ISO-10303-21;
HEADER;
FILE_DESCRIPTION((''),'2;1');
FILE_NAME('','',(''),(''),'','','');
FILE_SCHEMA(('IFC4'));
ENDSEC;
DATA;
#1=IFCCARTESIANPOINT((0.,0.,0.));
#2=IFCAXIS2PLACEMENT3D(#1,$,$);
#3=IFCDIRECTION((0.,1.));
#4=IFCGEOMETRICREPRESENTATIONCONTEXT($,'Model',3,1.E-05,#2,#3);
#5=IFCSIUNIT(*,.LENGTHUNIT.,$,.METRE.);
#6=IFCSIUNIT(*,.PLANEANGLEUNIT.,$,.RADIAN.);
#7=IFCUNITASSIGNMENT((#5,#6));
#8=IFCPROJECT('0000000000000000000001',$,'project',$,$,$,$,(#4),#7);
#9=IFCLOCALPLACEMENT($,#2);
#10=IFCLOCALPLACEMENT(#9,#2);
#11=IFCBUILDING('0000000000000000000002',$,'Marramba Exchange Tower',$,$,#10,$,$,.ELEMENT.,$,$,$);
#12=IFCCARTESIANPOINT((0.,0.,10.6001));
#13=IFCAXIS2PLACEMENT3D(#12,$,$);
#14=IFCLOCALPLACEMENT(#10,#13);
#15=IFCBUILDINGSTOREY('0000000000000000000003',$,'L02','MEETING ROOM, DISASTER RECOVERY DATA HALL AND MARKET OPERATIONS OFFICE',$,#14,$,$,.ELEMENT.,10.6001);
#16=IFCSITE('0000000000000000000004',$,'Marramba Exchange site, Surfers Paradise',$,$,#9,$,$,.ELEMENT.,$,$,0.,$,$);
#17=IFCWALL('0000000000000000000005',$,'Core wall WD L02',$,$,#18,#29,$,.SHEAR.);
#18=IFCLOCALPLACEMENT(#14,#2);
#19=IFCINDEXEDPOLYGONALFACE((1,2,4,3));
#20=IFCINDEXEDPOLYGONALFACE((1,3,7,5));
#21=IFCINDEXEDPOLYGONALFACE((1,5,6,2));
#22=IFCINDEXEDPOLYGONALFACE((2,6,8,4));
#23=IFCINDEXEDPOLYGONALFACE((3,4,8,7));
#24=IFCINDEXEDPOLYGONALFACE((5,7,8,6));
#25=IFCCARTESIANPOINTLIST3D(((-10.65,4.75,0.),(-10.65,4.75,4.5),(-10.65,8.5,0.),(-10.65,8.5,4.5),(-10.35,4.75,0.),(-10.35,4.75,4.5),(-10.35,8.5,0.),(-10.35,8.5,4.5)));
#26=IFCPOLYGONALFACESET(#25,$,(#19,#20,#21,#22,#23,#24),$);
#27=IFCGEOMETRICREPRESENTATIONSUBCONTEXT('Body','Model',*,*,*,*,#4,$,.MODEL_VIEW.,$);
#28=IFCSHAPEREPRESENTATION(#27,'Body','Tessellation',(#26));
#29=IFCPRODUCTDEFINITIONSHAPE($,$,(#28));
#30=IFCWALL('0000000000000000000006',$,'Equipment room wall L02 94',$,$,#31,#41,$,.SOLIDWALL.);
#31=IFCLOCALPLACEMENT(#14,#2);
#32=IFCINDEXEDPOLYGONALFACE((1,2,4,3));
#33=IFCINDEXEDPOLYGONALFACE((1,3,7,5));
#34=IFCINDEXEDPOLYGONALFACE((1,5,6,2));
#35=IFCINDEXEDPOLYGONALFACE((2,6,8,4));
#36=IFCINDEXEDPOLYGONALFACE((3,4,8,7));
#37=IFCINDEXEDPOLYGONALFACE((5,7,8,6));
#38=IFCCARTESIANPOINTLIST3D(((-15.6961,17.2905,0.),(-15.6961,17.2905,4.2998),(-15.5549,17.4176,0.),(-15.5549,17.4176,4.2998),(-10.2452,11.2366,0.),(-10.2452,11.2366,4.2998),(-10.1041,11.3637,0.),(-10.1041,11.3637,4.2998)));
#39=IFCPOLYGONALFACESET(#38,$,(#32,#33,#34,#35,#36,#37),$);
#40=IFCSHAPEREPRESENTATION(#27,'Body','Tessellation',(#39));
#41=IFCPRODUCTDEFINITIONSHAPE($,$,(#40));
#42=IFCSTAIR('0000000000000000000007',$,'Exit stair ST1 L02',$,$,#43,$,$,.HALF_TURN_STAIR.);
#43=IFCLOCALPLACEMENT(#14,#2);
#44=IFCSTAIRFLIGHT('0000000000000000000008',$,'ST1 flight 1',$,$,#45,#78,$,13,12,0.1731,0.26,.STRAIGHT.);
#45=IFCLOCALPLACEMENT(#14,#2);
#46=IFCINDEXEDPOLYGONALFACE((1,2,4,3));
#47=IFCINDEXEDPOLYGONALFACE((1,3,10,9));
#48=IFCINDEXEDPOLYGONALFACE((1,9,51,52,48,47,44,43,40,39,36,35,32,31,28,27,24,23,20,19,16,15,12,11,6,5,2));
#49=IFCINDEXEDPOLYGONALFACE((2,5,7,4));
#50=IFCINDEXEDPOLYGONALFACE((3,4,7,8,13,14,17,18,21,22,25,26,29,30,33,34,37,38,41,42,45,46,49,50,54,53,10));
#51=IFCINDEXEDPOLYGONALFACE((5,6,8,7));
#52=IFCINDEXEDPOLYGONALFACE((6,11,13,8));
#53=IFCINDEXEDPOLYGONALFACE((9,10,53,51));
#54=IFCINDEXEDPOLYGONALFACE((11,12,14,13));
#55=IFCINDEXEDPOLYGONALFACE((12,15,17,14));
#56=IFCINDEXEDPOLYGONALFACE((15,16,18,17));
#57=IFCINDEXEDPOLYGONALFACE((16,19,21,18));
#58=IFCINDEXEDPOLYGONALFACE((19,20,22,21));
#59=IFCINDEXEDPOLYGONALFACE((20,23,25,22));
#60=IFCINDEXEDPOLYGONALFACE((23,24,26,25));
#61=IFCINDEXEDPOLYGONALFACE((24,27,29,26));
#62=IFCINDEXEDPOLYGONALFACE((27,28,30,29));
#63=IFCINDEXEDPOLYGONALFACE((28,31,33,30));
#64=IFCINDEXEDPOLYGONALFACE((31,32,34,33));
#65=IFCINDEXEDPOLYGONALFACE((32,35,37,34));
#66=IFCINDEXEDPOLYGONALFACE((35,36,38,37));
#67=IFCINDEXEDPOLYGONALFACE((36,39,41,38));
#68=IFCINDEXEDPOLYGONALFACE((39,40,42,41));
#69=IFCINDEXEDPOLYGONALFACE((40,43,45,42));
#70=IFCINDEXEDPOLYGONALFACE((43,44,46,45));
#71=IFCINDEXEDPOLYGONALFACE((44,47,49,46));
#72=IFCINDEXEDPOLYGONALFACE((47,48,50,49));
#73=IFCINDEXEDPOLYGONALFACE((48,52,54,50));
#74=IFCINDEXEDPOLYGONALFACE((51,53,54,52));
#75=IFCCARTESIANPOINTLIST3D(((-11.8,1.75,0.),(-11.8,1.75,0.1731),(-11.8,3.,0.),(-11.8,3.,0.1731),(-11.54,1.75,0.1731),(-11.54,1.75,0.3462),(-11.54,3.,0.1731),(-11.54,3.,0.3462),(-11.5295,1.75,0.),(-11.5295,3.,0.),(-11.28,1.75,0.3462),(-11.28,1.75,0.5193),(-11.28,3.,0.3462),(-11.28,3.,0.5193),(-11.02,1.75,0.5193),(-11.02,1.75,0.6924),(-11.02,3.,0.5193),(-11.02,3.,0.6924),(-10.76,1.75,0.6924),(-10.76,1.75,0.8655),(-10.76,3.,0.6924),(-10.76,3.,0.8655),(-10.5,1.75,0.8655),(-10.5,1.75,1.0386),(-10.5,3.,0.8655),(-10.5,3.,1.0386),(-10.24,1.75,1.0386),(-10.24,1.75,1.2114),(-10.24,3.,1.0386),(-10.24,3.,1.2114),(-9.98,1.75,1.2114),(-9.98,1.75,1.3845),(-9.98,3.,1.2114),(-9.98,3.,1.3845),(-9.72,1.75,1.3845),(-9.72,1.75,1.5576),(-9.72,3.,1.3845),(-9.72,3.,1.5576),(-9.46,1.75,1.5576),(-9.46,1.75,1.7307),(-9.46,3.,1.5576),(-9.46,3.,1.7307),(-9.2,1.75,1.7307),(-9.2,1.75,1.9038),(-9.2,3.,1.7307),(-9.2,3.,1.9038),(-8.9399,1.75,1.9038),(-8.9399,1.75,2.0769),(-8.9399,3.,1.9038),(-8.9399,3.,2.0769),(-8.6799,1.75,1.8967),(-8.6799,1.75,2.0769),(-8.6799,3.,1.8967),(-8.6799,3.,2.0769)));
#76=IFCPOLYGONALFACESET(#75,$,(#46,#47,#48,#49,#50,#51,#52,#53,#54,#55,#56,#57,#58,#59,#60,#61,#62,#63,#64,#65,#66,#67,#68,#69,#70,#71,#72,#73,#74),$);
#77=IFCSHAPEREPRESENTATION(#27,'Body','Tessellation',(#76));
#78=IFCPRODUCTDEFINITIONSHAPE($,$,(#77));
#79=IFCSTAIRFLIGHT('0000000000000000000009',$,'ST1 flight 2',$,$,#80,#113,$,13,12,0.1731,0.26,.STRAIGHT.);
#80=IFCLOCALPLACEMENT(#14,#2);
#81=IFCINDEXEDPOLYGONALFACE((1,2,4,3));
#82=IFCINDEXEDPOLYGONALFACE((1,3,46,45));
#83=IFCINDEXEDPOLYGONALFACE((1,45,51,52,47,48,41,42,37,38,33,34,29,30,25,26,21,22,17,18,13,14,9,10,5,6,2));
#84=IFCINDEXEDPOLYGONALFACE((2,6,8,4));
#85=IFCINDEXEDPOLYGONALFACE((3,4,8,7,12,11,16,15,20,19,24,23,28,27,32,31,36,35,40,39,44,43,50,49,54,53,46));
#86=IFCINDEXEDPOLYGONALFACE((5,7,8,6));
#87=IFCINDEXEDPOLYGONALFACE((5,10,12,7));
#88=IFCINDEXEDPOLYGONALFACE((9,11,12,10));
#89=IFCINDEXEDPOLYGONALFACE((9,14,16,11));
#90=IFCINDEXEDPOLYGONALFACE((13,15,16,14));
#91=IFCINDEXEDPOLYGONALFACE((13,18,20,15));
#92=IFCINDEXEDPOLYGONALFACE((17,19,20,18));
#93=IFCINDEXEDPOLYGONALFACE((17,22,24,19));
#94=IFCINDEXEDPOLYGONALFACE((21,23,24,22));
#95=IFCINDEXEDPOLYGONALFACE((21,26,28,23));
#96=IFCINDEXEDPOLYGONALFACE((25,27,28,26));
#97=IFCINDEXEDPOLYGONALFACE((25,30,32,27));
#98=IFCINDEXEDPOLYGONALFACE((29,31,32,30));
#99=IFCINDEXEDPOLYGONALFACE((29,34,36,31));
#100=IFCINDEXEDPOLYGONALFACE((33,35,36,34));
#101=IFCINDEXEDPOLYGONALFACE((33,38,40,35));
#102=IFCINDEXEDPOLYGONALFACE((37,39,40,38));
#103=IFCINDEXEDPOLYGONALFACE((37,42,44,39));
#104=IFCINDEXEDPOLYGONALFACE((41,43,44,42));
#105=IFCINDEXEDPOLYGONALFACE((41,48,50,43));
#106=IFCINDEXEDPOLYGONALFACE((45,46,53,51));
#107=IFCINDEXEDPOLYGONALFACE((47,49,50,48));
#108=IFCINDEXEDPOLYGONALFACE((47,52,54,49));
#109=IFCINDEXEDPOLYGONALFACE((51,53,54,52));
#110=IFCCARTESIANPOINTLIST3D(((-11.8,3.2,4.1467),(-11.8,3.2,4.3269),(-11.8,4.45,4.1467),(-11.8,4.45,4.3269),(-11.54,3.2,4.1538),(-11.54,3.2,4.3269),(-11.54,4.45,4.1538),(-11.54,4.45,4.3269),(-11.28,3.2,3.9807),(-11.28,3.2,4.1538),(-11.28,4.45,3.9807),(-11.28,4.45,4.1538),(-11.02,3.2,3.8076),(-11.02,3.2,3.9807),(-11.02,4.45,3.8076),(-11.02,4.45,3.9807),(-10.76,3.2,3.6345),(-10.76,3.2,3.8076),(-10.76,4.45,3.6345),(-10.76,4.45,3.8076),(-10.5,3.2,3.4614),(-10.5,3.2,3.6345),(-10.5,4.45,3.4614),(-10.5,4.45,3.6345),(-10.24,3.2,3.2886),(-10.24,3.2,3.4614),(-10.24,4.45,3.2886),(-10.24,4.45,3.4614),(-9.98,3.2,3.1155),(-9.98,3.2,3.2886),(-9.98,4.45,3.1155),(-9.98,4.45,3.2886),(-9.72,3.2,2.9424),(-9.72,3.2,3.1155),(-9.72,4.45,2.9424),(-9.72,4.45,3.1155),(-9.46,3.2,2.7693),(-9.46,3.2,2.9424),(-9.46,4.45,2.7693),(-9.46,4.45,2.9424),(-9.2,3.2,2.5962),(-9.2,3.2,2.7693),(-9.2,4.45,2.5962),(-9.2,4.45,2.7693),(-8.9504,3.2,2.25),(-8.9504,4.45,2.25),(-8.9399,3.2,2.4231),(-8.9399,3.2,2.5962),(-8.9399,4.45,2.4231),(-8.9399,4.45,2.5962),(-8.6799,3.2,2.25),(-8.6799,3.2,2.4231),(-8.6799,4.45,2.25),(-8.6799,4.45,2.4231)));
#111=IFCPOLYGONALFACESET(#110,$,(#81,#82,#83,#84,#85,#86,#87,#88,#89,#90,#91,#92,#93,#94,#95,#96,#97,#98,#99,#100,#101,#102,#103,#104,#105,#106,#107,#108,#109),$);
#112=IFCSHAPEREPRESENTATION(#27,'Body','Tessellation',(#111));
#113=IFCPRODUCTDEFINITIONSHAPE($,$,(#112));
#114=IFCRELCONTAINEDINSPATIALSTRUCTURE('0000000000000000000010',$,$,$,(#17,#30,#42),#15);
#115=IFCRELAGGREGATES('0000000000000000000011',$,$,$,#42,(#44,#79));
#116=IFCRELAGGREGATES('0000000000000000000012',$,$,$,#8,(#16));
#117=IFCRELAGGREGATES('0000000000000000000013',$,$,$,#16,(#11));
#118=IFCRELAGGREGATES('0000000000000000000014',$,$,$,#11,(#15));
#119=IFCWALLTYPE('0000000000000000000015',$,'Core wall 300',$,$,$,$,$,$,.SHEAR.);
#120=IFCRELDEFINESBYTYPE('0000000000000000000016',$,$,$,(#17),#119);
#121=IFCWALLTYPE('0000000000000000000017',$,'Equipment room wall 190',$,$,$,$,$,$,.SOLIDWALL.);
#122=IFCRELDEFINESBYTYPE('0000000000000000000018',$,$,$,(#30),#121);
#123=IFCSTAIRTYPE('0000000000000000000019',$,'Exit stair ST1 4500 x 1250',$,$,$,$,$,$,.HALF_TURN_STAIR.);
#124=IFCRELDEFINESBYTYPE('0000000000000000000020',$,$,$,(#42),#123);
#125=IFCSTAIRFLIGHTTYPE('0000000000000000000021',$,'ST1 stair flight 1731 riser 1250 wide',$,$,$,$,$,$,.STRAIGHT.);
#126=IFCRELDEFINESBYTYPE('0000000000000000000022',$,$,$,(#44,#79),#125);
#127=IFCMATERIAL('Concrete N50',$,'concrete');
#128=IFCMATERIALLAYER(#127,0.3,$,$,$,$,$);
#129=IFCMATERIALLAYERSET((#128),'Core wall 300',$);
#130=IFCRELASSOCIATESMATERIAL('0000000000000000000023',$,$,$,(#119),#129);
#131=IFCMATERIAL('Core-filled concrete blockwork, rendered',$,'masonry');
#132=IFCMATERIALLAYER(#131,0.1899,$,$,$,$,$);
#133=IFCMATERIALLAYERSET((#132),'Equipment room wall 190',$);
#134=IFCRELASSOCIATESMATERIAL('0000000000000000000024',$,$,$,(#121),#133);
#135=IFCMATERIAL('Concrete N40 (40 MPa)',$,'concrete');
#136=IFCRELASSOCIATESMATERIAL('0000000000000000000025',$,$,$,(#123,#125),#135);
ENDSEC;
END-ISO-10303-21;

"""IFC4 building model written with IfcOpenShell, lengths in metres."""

from ifc_helpers import new_model, si_unit, direction, frame, frame_2d, origin, place, context, subcontext, project, spatial, polyline, rectangle, outline, extrude, material, layer, layer_set, type_object, element, aggregate, save


model = new_model("IFC4")

# Units and contexts
model_context = context("Model", 3, precision=1e-05, world=origin(), true_north=direction((0.0, 1.0)))
body_context = subcontext(model_context, "Body", "Model", "MODEL_VIEW")
ifc_project = project(units=[si_unit("LENGTHUNIT", "METRE"), si_unit("PLANEANGLEUNIT", "RADIAN")], contexts=[model_context])

# Site, building, storey
site_placement = place(None, origin())
site = spatial("IfcSite", under=ifc_project, at=site_placement, Name="Marramba Exchange site, Surfers Paradise", CompositionType="ELEMENT", RefElevation=0.0)
building_placement = place(site_placement, origin())
building = spatial("IfcBuilding", under=site, at=building_placement, Name="Marramba Exchange Tower", CompositionType="ELEMENT")
storey_placement = place(building_placement, frame((0.0, 0.0, 10.6001)))
storey = spatial("IfcBuildingStorey", under=building, at=storey_placement, Name="L02", Description="MEETING ROOM, DISASTER RECOVERY DATA HALL AND MARKET OPERATIONS OFFICE", CompositionType="ELEMENT", Elevation=10.6001)

# Shared definitions
ifc_material_1 = material(Name="Concrete N50", Category="concrete")

# Shared definitions
ifc_layer_1 = layer(ifc_material_1, 0.3)
ifc_layer_set_1 = layer_set([ifc_layer_1], Name="Core wall 300")
wall_type_1 = type_object("IfcWallType", Name="Core wall 300", PredefinedType="SHEAR", material=ifc_layer_set_1)

# Walls
for number, where, z_axis, x_axis, name in (
    (1, (-10.5, 4.75, 0.0), (0.0, 0.0, 1.0), (0.0, 1.0, 0.0), "Core wall WD L02"),
):
    element("IfcWall", number, at=place(storey_placement, frame(where, z_axis=z_axis, x_axis=x_axis)), inside=storey, type_object=wall_type_1, Name=name, PredefinedType="SHEAR", context=body_context, shape_type="SweptSolid", body=[
        extrude(rectangle(XDim=3.75, YDim=0.3, at=frame_2d((1.875, 0.0))), origin(), (0.0, 0.0, 1.0), 4.5),
    ])
ifc_material_2 = material(Name="Core-filled concrete blockwork, rendered", Category="masonry")
ifc_layer_2 = layer(ifc_material_2, 0.1899)
ifc_layer_set_2 = layer_set([ifc_layer_2], Name="Equipment room wall 190")
wall_type_2 = type_object("IfcWallType", Name="Equipment room wall 190", PredefinedType="SOLIDWALL", material=ifc_layer_set_2)
wall_1_placement = place(storey_placement, frame((-10.1746, 11.3, 0.0), z_axis=(0.0, 0.0, 1.0), x_axis=(-0.669125, 0.74315, 0.0)))
element("IfcWall", 2, at=wall_1_placement, inside=storey, type_object=wall_type_2, Name="Equipment room wall L02 94", PredefinedType="SOLIDWALL", context=body_context, shape_type="SweptSolid", body=[
    extrude(rectangle(XDim=8.1462, YDim=0.1899, at=frame_2d((4.0732, 0.0))), origin(), (0.0, 0.0, 1.0), 4.2998),
])

# Stair, stair flights
ifc_material_3 = material(Name="Concrete N40 (40 MPa)", Category="concrete")
stair_type = type_object("IfcStairType", Name="Exit stair ST1 4500 x 1250", PredefinedType="HALF_TURN_STAIR", material=ifc_material_3)
stair_placement = place(storey_placement, origin())
stair = element("IfcStair", 3, at=stair_placement, inside=storey, type_object=stair_type, Name="Exit stair ST1 L02", PredefinedType="HALF_TURN_STAIR")
stair_flight_type = type_object("IfcStairFlightType", Name="ST1 stair flight 1731 riser 1250 wide", PredefinedType="STRAIGHT", material=ifc_material_3)
stair_flight_1_placement = place(storey_placement, frame((-11.8, 2.375, 0.0), z_axis=(0.0, 0.0, 1.0), x_axis=(1.0, 0.0, 0.0)))
stair_flight_1 = element("IfcStairFlight", 4, at=stair_flight_1_placement, type_object=stair_flight_type, Name="ST1 flight 1", NumberOfRisers=13, NumberOfTreads=12, PredefinedType="STRAIGHT", RiserHeight=0.1731, TreadLength=0.26, context=body_context, shape_type="SweptSolid", body=[
    extrude(outline(polyline([(0.0, 0.0), (0.0, 0.1731), (0.26, 0.1731), (0.26, 0.3462), (0.52, 0.3462), (0.52, 0.5193), (0.78, 0.5193), (0.78, 0.6924), (1.04, 0.6924), (1.04, 0.8655), (1.3, 0.8655), (1.3, 1.0386), (1.5601, 1.0386), (1.5601, 1.2114), (1.8201, 1.2114), (1.8201, 1.3845), (2.0801, 1.3845), (2.0801, 1.5576), (2.3401, 1.5576), (2.3401, 1.7307), (2.6001, 1.7307), (2.6001, 1.9038), (2.8601, 1.9038), (2.8601, 2.0769), (3.1201, 2.0769), (3.1201, 2.25), (3.1201, 1.8967), (0.2705, 0.0), (0.0, 0.0)])), frame((0.0, 0.625, 0.0), z_axis=(0.0, -1.0, 0.0), x_axis=(1.0, 0.0, 0.0)), (0.0, 0.0, 1.0), 1.25),
])
stair_flight_2_placement = place(storey_placement, frame((-8.6799, 3.825, 2.25), z_axis=(0.0, 0.0, 1.0), x_axis=(-1.0, 0.0, 0.0)))
stair_flight_2 = element("IfcStairFlight", 5, at=stair_flight_2_placement, type_object=stair_flight_type, Name="ST1 flight 2", NumberOfRisers=13, NumberOfTreads=12, PredefinedType="STRAIGHT", RiserHeight=0.1731, TreadLength=0.26, context=body_context, shape_type="SweptSolid", body=[
    extrude(outline(polyline([(0.0, 0.0), (0.0, 0.1731), (0.26, 0.1731), (0.26, 0.3462), (0.52, 0.3462), (0.52, 0.5193), (0.78, 0.5193), (0.78, 0.6924), (1.04, 0.6924), (1.04, 0.8655), (1.3, 0.8655), (1.3, 1.0386), (1.5601, 1.0386), (1.5601, 1.2114), (1.8201, 1.2114), (1.8201, 1.3845), (2.0801, 1.3845), (2.0801, 1.5576), (2.3401, 1.5576), (2.3401, 1.7307), (2.6001, 1.7307), (2.6001, 1.9038), (2.8601, 1.9038), (2.8601, 2.0769), (3.1201, 2.0769), (3.1201, 2.25), (3.1201, 1.8967), (0.2705, 0.0), (0.0, 0.0)])), frame((0.0, 0.625, 0.0), z_axis=(0.0, -1.0, 0.0), x_axis=(1.0, 0.0, 0.0)), (0.0, 0.0, 1.0), 1.25),
])
aggregate(stair, [stair_flight_1, stair_flight_2])

save(model, "model.ifc")
